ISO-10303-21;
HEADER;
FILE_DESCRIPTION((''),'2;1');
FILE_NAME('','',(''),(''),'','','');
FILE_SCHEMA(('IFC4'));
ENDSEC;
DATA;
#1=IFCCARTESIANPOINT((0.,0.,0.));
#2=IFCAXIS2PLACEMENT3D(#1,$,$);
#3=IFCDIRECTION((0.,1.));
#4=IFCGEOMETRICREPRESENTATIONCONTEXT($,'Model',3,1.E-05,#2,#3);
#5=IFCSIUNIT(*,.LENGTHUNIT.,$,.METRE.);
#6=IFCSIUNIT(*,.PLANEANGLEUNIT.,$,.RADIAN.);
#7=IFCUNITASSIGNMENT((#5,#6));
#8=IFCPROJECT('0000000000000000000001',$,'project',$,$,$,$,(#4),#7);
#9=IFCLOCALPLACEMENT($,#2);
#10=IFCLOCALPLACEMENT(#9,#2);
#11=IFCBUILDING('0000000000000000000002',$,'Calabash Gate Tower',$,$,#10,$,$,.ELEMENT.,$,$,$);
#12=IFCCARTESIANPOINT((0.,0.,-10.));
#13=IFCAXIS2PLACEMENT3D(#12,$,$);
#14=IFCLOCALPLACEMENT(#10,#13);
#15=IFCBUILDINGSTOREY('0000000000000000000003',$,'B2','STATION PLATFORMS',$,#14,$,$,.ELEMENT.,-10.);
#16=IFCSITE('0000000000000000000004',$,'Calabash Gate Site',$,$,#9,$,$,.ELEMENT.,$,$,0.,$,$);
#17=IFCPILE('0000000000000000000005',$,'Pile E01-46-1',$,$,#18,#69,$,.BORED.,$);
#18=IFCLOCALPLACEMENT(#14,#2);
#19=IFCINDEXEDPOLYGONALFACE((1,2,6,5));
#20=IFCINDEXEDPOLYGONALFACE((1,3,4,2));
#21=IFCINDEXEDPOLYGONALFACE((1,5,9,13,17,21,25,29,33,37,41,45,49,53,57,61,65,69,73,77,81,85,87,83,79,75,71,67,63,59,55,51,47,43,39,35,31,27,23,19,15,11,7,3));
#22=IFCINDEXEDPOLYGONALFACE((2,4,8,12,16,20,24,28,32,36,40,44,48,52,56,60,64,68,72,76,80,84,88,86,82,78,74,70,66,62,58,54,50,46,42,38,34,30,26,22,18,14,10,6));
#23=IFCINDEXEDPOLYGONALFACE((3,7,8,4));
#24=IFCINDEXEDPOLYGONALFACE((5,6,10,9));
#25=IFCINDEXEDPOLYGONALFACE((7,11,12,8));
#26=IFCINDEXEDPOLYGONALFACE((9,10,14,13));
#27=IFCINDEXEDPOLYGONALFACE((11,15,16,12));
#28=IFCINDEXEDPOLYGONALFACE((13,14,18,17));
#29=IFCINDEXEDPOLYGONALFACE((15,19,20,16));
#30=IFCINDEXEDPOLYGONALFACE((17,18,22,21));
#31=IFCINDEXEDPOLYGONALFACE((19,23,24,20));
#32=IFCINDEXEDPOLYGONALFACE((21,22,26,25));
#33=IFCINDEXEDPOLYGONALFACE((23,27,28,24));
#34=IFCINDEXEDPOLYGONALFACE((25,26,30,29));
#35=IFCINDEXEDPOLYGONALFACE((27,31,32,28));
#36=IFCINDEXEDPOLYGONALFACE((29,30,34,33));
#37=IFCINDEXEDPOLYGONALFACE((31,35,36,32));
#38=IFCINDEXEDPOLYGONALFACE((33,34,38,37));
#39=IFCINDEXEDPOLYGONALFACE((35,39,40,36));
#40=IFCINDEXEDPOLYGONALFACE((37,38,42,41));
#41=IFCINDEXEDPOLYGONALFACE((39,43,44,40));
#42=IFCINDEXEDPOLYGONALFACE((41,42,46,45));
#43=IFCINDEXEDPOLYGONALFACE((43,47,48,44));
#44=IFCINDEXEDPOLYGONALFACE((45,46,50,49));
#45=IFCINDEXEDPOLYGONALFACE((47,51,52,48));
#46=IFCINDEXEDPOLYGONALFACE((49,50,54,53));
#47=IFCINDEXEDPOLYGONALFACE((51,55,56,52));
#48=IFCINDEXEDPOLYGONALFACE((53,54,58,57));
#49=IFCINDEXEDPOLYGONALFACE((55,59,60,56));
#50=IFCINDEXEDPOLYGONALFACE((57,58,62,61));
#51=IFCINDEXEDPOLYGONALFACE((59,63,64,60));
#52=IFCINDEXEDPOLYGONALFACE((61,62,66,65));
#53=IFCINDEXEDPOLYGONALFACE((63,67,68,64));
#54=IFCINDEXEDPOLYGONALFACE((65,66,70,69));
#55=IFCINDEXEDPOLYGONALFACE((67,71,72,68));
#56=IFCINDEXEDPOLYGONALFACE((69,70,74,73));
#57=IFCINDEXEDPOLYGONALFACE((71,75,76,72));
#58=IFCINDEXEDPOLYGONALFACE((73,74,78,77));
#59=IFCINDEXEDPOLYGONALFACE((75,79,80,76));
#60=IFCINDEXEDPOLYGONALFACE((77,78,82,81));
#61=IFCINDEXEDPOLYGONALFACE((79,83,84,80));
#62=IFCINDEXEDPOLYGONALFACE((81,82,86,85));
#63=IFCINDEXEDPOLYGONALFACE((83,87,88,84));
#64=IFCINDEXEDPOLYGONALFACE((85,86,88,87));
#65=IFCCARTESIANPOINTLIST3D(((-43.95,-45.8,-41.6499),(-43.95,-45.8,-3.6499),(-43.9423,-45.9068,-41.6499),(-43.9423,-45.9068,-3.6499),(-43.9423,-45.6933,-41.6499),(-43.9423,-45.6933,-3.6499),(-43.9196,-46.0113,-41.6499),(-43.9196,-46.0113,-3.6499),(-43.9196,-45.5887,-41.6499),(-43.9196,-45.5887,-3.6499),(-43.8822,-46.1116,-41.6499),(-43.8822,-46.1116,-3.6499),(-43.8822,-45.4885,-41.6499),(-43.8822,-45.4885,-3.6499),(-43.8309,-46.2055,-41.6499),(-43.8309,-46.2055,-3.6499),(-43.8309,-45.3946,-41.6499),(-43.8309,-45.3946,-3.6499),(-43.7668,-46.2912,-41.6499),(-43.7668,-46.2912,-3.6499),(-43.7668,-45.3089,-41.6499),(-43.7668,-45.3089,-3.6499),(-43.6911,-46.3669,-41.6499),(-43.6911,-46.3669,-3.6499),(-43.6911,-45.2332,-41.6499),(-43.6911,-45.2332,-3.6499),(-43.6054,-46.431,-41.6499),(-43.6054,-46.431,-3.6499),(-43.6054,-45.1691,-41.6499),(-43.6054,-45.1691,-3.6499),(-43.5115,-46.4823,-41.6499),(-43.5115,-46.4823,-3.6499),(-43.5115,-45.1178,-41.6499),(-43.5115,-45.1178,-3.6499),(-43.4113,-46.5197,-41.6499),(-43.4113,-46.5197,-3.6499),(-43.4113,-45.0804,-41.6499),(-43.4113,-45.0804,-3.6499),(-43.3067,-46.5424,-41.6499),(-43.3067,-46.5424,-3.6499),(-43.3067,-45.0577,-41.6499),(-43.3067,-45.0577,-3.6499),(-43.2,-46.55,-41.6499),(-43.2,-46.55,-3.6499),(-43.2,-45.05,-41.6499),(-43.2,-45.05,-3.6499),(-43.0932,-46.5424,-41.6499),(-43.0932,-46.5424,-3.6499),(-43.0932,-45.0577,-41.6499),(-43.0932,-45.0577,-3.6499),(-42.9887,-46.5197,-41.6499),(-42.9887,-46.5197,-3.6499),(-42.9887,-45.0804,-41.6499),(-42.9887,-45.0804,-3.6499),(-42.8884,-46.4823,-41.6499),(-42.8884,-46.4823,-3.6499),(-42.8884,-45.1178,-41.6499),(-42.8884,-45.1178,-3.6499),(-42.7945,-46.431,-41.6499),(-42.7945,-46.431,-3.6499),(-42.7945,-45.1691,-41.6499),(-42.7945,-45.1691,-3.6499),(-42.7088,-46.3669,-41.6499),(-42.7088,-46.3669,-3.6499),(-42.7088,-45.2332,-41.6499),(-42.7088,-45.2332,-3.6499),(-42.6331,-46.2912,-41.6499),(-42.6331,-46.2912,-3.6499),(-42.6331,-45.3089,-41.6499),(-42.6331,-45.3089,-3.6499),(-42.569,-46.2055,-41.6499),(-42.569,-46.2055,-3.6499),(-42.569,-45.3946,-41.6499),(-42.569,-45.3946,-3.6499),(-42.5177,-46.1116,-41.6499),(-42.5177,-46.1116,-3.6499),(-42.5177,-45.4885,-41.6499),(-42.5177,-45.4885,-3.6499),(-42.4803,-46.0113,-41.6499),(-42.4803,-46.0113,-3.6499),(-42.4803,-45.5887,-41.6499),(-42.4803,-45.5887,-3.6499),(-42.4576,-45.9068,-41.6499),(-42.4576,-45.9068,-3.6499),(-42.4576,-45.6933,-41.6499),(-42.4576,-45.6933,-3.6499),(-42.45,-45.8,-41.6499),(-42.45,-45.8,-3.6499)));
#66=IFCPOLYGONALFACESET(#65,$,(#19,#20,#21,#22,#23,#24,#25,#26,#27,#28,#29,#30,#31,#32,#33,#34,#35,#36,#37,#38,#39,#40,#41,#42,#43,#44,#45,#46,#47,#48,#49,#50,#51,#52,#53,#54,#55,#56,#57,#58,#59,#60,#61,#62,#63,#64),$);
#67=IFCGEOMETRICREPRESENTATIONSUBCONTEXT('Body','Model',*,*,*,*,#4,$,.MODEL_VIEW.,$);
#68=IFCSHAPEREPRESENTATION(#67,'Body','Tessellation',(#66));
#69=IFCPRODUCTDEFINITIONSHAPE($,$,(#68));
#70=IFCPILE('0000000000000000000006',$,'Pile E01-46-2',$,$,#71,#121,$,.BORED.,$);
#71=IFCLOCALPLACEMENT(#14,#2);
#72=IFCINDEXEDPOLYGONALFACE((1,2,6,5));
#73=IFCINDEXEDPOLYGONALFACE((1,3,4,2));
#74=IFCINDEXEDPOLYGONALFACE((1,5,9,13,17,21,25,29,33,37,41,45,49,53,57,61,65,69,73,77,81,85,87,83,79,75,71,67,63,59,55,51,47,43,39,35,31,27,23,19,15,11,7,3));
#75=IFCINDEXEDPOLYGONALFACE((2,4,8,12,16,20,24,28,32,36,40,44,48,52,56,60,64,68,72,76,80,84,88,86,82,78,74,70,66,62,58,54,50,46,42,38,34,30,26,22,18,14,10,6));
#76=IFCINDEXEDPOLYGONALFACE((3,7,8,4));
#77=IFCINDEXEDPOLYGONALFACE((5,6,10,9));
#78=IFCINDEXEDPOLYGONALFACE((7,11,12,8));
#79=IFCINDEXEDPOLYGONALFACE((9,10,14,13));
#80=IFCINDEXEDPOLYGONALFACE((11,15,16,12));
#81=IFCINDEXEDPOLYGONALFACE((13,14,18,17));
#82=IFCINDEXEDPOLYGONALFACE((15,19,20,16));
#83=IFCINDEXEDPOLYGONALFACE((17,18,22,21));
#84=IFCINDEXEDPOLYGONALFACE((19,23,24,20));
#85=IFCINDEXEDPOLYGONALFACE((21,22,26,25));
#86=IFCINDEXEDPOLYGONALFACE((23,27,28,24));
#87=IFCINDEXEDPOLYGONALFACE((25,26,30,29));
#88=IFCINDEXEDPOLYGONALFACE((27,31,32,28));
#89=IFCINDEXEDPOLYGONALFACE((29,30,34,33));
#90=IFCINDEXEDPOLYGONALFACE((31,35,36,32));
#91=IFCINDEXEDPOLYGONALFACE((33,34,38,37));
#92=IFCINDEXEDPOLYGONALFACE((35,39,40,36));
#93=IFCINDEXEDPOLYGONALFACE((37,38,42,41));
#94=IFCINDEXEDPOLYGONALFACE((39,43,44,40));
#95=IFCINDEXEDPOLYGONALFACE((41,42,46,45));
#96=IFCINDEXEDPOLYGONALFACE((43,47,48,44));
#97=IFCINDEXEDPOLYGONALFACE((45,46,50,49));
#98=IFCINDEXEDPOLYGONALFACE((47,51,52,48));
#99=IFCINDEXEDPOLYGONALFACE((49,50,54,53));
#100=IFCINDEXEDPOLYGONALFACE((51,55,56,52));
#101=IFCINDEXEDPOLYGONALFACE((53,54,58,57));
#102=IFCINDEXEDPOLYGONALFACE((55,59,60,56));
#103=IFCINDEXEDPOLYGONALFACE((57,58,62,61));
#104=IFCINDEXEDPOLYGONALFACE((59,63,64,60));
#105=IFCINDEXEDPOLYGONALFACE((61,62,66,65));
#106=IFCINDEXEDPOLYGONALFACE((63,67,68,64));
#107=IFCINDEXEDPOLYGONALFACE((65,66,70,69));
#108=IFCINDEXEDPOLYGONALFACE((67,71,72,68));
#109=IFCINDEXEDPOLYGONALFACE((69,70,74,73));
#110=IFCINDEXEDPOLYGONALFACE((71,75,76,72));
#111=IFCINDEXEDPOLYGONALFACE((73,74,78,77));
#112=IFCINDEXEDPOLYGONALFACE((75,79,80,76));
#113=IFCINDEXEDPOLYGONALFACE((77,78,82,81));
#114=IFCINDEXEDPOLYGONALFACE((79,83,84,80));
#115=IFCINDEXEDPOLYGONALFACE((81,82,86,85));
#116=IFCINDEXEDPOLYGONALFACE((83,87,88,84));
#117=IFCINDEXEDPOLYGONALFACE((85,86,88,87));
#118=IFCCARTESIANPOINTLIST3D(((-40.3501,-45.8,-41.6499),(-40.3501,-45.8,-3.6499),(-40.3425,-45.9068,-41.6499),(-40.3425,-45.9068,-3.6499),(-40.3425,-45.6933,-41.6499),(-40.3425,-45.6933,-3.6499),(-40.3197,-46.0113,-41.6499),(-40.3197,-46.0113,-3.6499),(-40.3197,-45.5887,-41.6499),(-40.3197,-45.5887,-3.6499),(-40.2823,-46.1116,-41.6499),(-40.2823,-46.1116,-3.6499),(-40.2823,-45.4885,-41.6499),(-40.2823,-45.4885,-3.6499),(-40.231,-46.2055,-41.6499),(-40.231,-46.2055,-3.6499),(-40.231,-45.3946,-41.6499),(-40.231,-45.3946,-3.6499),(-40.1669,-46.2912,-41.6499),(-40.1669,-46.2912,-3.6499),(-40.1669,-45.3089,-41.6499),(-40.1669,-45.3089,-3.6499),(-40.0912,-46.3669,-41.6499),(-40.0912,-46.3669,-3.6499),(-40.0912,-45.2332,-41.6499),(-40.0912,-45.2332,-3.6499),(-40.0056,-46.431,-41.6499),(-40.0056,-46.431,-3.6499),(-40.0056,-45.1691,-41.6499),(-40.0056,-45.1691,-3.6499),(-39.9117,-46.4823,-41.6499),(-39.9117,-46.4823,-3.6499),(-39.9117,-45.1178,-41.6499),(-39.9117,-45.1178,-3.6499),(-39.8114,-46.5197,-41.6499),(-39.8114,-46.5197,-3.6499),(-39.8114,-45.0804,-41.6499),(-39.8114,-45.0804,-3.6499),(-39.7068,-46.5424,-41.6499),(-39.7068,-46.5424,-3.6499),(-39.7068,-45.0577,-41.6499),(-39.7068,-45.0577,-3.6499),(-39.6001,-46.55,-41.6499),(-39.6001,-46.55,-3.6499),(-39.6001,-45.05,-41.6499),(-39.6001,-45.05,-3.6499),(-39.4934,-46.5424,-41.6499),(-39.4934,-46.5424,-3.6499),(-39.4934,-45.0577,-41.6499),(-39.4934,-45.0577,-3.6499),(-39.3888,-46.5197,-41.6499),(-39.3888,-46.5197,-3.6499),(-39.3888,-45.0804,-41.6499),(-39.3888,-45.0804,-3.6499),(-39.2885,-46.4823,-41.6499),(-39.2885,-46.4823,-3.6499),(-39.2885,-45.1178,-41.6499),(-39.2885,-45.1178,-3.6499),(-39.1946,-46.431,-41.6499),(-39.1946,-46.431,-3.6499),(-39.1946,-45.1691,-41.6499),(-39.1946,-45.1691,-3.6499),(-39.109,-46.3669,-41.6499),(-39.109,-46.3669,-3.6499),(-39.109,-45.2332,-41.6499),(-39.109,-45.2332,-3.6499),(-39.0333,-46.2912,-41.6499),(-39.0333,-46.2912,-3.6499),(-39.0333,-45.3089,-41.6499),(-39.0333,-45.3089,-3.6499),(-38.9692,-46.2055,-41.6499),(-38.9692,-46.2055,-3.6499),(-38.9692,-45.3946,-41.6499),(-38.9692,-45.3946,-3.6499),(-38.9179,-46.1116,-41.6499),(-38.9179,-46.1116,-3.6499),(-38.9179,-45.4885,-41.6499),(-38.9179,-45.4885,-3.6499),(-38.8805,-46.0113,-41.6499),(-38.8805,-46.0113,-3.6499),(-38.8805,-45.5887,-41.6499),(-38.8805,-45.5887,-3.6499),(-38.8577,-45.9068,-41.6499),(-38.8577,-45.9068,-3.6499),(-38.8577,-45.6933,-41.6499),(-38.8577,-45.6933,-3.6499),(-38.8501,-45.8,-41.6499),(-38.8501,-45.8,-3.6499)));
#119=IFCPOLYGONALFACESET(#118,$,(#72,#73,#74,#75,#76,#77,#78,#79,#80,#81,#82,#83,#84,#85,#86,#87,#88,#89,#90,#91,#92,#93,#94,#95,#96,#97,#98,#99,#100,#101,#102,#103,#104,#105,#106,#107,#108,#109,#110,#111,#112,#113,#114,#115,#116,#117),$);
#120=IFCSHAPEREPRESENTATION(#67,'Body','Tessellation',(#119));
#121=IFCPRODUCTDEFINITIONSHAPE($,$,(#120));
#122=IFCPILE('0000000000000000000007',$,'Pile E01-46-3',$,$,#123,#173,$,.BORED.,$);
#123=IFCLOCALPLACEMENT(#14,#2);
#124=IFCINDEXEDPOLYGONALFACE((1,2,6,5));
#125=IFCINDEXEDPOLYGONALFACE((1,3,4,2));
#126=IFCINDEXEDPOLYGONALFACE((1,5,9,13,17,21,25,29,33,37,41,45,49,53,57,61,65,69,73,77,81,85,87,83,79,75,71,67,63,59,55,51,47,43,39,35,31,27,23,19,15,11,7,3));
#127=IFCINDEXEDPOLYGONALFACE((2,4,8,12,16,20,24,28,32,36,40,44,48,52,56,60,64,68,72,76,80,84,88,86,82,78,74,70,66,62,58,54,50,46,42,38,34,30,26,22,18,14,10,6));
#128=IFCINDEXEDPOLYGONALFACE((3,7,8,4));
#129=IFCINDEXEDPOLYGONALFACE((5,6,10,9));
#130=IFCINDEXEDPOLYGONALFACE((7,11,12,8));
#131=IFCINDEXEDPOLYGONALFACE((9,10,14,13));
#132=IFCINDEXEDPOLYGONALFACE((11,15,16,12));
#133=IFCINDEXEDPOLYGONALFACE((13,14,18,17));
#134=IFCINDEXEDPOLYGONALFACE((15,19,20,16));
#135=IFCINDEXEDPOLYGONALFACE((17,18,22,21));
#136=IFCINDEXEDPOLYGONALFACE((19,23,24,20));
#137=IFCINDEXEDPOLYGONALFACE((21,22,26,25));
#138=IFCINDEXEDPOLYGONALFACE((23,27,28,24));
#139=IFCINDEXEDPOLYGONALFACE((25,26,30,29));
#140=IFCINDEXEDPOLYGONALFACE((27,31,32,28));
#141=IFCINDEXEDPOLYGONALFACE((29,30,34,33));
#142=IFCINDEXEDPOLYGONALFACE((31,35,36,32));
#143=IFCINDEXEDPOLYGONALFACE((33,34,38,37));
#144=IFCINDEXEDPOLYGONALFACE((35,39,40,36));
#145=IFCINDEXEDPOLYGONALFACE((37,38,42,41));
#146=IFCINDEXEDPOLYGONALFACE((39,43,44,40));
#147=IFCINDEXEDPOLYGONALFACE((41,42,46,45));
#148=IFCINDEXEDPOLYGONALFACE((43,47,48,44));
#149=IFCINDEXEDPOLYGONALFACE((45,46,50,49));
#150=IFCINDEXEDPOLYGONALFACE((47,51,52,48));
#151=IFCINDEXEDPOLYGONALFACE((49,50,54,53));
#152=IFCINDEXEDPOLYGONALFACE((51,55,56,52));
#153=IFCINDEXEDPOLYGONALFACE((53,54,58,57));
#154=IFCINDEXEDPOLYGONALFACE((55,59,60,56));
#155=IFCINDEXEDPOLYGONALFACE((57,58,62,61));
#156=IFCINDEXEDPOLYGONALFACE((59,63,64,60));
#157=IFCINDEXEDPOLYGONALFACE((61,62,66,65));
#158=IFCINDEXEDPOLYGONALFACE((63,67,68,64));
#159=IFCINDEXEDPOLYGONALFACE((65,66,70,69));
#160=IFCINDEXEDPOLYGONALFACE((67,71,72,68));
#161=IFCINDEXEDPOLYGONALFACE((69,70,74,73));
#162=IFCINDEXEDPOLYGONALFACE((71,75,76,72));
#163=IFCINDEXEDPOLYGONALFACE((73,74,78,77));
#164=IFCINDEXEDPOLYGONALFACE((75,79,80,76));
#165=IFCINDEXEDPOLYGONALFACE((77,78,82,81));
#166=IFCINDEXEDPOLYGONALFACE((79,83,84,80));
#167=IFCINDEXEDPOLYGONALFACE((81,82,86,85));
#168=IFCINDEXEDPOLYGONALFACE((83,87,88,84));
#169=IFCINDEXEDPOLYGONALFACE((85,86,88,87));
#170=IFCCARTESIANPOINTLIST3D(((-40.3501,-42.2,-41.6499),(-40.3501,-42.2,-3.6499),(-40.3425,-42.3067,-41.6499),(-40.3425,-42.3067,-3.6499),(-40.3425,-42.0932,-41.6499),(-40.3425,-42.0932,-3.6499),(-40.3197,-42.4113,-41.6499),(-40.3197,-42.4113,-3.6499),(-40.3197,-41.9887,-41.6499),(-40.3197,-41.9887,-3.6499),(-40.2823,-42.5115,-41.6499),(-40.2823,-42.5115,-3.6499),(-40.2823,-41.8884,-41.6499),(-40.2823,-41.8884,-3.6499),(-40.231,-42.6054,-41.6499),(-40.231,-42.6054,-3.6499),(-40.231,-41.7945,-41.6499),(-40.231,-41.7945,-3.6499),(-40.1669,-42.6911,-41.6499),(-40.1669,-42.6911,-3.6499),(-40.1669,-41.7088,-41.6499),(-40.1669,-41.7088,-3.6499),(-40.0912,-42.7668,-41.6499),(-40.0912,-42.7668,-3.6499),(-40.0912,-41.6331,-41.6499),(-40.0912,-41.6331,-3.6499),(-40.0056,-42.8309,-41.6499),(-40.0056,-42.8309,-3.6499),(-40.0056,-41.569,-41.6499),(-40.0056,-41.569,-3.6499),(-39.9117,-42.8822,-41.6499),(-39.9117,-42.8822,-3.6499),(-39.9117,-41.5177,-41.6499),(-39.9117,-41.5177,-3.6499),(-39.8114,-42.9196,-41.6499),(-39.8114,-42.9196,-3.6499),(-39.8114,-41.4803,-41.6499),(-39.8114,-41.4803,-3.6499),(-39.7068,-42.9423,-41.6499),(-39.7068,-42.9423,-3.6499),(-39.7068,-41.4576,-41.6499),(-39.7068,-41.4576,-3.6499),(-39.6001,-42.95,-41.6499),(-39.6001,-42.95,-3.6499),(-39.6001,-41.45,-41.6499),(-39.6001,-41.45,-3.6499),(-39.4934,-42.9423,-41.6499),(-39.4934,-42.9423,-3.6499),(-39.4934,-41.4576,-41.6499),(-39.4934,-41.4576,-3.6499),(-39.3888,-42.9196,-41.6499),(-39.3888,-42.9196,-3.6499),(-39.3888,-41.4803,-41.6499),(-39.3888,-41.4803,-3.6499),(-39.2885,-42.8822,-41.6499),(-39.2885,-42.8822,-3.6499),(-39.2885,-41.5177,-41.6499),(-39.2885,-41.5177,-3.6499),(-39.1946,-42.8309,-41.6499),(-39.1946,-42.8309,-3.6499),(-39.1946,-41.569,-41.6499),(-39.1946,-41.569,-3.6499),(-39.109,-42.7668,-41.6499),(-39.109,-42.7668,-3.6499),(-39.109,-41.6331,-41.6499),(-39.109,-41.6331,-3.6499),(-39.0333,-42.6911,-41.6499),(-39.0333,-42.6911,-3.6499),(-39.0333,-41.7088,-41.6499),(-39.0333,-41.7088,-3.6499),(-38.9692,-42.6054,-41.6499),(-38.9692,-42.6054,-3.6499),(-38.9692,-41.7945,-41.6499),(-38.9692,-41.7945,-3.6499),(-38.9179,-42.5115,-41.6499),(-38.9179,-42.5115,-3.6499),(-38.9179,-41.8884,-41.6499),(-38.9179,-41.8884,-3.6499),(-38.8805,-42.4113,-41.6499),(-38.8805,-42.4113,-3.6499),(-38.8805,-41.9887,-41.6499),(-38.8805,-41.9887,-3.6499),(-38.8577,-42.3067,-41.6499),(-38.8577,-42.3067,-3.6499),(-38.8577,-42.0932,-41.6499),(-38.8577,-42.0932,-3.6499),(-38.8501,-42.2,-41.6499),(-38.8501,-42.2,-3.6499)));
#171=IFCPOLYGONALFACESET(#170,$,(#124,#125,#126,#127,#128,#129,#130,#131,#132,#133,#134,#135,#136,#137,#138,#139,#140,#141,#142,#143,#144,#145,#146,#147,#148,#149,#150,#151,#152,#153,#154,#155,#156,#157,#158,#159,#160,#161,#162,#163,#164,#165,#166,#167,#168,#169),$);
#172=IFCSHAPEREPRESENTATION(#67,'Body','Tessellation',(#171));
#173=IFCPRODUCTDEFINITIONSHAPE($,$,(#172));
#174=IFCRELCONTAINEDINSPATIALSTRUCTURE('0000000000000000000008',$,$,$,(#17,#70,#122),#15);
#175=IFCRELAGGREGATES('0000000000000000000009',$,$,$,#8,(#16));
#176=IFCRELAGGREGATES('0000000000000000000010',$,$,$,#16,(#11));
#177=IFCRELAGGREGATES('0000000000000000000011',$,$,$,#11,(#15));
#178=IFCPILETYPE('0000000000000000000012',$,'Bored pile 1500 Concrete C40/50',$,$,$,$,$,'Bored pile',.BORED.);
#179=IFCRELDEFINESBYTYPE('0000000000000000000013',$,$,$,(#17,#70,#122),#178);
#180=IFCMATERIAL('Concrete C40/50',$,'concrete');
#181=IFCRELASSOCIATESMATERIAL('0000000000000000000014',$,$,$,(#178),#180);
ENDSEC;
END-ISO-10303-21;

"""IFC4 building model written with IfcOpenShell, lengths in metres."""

from ifc_helpers import new_model, si_unit, direction, frame, origin, origin_2d, place, context, subcontext, project, spatial, circle, extrude, material, material_profile, profile_set, type_object, element, save


model = new_model("IFC4")

# Units and contexts
model_context = context("Model", 3, precision=1e-05, world=origin(), true_north=direction((0.0, 1.0)))
body_context = subcontext(model_context, "Body", "Model", "MODEL_VIEW")
ifc_project = project(units=[si_unit("LENGTHUNIT", "METRE"), si_unit("PLANEANGLEUNIT", "RADIAN")], contexts=[model_context])

# Site, building, storey
site_placement = place(None, origin())
site = spatial("IfcSite", under=ifc_project, at=site_placement, Name="Calabash Gate Site", CompositionType="ELEMENT", RefElevation=0.0)
building_placement = place(site_placement, origin())
building = spatial("IfcBuilding", under=site, at=building_placement, Name="Calabash Gate Tower", CompositionType="ELEMENT")
storey_placement = place(building_placement, frame((0.0, 0.0, -10.0)))
storey = spatial("IfcBuildingStorey", under=building, at=storey_placement, Name="B2", Description="STATION PLATFORMS", CompositionType="ELEMENT", Elevation=-10.0)

# Piles
ifc_material_1 = material(Name="Concrete C40/50", Category="concrete")
ifc_material_profile_1 = material_profile(ifc_material_1, circle(Radius=0.75, at=origin_2d()))
ifc_profile_set_1 = profile_set([ifc_material_profile_1], Name="Concrete C40/50")
pile_type = type_object("IfcPileType", Name="Bored pile 1500 Concrete C40/50", ElementType="Bored pile", PredefinedType="BORED", material=ifc_profile_set_1)
for number, where, z_axis, x_axis, name in (
    (1, (-43.2, -45.8, -3.6499), (0.0, 0.0, -1.0), (1.0, 0.0, 0.0), "Pile E01-46-1"),
    (2, (-39.6001, -45.8, -3.6499), (0.0, 0.0, -1.0), (1.0, 0.0, 0.0), "Pile E01-46-2"),
    (3, (-39.6001, -42.2, -3.6499), (0.0, 0.0, -1.0), (1.0, 0.0, 0.0), "Pile E01-46-3"),
):
    element("IfcPile", number, at=place(storey_placement, frame(where, z_axis=z_axis, x_axis=x_axis)), inside=storey, type_object=pile_type, Name=name, PredefinedType="BORED", context=body_context, shape_type="SweptSolid", body=[
        extrude(circle(Radius=0.75, at=origin_2d()), origin(), (0.0, 0.0, 1.0), 38.0),
    ])

save(model, "model.ifc")
